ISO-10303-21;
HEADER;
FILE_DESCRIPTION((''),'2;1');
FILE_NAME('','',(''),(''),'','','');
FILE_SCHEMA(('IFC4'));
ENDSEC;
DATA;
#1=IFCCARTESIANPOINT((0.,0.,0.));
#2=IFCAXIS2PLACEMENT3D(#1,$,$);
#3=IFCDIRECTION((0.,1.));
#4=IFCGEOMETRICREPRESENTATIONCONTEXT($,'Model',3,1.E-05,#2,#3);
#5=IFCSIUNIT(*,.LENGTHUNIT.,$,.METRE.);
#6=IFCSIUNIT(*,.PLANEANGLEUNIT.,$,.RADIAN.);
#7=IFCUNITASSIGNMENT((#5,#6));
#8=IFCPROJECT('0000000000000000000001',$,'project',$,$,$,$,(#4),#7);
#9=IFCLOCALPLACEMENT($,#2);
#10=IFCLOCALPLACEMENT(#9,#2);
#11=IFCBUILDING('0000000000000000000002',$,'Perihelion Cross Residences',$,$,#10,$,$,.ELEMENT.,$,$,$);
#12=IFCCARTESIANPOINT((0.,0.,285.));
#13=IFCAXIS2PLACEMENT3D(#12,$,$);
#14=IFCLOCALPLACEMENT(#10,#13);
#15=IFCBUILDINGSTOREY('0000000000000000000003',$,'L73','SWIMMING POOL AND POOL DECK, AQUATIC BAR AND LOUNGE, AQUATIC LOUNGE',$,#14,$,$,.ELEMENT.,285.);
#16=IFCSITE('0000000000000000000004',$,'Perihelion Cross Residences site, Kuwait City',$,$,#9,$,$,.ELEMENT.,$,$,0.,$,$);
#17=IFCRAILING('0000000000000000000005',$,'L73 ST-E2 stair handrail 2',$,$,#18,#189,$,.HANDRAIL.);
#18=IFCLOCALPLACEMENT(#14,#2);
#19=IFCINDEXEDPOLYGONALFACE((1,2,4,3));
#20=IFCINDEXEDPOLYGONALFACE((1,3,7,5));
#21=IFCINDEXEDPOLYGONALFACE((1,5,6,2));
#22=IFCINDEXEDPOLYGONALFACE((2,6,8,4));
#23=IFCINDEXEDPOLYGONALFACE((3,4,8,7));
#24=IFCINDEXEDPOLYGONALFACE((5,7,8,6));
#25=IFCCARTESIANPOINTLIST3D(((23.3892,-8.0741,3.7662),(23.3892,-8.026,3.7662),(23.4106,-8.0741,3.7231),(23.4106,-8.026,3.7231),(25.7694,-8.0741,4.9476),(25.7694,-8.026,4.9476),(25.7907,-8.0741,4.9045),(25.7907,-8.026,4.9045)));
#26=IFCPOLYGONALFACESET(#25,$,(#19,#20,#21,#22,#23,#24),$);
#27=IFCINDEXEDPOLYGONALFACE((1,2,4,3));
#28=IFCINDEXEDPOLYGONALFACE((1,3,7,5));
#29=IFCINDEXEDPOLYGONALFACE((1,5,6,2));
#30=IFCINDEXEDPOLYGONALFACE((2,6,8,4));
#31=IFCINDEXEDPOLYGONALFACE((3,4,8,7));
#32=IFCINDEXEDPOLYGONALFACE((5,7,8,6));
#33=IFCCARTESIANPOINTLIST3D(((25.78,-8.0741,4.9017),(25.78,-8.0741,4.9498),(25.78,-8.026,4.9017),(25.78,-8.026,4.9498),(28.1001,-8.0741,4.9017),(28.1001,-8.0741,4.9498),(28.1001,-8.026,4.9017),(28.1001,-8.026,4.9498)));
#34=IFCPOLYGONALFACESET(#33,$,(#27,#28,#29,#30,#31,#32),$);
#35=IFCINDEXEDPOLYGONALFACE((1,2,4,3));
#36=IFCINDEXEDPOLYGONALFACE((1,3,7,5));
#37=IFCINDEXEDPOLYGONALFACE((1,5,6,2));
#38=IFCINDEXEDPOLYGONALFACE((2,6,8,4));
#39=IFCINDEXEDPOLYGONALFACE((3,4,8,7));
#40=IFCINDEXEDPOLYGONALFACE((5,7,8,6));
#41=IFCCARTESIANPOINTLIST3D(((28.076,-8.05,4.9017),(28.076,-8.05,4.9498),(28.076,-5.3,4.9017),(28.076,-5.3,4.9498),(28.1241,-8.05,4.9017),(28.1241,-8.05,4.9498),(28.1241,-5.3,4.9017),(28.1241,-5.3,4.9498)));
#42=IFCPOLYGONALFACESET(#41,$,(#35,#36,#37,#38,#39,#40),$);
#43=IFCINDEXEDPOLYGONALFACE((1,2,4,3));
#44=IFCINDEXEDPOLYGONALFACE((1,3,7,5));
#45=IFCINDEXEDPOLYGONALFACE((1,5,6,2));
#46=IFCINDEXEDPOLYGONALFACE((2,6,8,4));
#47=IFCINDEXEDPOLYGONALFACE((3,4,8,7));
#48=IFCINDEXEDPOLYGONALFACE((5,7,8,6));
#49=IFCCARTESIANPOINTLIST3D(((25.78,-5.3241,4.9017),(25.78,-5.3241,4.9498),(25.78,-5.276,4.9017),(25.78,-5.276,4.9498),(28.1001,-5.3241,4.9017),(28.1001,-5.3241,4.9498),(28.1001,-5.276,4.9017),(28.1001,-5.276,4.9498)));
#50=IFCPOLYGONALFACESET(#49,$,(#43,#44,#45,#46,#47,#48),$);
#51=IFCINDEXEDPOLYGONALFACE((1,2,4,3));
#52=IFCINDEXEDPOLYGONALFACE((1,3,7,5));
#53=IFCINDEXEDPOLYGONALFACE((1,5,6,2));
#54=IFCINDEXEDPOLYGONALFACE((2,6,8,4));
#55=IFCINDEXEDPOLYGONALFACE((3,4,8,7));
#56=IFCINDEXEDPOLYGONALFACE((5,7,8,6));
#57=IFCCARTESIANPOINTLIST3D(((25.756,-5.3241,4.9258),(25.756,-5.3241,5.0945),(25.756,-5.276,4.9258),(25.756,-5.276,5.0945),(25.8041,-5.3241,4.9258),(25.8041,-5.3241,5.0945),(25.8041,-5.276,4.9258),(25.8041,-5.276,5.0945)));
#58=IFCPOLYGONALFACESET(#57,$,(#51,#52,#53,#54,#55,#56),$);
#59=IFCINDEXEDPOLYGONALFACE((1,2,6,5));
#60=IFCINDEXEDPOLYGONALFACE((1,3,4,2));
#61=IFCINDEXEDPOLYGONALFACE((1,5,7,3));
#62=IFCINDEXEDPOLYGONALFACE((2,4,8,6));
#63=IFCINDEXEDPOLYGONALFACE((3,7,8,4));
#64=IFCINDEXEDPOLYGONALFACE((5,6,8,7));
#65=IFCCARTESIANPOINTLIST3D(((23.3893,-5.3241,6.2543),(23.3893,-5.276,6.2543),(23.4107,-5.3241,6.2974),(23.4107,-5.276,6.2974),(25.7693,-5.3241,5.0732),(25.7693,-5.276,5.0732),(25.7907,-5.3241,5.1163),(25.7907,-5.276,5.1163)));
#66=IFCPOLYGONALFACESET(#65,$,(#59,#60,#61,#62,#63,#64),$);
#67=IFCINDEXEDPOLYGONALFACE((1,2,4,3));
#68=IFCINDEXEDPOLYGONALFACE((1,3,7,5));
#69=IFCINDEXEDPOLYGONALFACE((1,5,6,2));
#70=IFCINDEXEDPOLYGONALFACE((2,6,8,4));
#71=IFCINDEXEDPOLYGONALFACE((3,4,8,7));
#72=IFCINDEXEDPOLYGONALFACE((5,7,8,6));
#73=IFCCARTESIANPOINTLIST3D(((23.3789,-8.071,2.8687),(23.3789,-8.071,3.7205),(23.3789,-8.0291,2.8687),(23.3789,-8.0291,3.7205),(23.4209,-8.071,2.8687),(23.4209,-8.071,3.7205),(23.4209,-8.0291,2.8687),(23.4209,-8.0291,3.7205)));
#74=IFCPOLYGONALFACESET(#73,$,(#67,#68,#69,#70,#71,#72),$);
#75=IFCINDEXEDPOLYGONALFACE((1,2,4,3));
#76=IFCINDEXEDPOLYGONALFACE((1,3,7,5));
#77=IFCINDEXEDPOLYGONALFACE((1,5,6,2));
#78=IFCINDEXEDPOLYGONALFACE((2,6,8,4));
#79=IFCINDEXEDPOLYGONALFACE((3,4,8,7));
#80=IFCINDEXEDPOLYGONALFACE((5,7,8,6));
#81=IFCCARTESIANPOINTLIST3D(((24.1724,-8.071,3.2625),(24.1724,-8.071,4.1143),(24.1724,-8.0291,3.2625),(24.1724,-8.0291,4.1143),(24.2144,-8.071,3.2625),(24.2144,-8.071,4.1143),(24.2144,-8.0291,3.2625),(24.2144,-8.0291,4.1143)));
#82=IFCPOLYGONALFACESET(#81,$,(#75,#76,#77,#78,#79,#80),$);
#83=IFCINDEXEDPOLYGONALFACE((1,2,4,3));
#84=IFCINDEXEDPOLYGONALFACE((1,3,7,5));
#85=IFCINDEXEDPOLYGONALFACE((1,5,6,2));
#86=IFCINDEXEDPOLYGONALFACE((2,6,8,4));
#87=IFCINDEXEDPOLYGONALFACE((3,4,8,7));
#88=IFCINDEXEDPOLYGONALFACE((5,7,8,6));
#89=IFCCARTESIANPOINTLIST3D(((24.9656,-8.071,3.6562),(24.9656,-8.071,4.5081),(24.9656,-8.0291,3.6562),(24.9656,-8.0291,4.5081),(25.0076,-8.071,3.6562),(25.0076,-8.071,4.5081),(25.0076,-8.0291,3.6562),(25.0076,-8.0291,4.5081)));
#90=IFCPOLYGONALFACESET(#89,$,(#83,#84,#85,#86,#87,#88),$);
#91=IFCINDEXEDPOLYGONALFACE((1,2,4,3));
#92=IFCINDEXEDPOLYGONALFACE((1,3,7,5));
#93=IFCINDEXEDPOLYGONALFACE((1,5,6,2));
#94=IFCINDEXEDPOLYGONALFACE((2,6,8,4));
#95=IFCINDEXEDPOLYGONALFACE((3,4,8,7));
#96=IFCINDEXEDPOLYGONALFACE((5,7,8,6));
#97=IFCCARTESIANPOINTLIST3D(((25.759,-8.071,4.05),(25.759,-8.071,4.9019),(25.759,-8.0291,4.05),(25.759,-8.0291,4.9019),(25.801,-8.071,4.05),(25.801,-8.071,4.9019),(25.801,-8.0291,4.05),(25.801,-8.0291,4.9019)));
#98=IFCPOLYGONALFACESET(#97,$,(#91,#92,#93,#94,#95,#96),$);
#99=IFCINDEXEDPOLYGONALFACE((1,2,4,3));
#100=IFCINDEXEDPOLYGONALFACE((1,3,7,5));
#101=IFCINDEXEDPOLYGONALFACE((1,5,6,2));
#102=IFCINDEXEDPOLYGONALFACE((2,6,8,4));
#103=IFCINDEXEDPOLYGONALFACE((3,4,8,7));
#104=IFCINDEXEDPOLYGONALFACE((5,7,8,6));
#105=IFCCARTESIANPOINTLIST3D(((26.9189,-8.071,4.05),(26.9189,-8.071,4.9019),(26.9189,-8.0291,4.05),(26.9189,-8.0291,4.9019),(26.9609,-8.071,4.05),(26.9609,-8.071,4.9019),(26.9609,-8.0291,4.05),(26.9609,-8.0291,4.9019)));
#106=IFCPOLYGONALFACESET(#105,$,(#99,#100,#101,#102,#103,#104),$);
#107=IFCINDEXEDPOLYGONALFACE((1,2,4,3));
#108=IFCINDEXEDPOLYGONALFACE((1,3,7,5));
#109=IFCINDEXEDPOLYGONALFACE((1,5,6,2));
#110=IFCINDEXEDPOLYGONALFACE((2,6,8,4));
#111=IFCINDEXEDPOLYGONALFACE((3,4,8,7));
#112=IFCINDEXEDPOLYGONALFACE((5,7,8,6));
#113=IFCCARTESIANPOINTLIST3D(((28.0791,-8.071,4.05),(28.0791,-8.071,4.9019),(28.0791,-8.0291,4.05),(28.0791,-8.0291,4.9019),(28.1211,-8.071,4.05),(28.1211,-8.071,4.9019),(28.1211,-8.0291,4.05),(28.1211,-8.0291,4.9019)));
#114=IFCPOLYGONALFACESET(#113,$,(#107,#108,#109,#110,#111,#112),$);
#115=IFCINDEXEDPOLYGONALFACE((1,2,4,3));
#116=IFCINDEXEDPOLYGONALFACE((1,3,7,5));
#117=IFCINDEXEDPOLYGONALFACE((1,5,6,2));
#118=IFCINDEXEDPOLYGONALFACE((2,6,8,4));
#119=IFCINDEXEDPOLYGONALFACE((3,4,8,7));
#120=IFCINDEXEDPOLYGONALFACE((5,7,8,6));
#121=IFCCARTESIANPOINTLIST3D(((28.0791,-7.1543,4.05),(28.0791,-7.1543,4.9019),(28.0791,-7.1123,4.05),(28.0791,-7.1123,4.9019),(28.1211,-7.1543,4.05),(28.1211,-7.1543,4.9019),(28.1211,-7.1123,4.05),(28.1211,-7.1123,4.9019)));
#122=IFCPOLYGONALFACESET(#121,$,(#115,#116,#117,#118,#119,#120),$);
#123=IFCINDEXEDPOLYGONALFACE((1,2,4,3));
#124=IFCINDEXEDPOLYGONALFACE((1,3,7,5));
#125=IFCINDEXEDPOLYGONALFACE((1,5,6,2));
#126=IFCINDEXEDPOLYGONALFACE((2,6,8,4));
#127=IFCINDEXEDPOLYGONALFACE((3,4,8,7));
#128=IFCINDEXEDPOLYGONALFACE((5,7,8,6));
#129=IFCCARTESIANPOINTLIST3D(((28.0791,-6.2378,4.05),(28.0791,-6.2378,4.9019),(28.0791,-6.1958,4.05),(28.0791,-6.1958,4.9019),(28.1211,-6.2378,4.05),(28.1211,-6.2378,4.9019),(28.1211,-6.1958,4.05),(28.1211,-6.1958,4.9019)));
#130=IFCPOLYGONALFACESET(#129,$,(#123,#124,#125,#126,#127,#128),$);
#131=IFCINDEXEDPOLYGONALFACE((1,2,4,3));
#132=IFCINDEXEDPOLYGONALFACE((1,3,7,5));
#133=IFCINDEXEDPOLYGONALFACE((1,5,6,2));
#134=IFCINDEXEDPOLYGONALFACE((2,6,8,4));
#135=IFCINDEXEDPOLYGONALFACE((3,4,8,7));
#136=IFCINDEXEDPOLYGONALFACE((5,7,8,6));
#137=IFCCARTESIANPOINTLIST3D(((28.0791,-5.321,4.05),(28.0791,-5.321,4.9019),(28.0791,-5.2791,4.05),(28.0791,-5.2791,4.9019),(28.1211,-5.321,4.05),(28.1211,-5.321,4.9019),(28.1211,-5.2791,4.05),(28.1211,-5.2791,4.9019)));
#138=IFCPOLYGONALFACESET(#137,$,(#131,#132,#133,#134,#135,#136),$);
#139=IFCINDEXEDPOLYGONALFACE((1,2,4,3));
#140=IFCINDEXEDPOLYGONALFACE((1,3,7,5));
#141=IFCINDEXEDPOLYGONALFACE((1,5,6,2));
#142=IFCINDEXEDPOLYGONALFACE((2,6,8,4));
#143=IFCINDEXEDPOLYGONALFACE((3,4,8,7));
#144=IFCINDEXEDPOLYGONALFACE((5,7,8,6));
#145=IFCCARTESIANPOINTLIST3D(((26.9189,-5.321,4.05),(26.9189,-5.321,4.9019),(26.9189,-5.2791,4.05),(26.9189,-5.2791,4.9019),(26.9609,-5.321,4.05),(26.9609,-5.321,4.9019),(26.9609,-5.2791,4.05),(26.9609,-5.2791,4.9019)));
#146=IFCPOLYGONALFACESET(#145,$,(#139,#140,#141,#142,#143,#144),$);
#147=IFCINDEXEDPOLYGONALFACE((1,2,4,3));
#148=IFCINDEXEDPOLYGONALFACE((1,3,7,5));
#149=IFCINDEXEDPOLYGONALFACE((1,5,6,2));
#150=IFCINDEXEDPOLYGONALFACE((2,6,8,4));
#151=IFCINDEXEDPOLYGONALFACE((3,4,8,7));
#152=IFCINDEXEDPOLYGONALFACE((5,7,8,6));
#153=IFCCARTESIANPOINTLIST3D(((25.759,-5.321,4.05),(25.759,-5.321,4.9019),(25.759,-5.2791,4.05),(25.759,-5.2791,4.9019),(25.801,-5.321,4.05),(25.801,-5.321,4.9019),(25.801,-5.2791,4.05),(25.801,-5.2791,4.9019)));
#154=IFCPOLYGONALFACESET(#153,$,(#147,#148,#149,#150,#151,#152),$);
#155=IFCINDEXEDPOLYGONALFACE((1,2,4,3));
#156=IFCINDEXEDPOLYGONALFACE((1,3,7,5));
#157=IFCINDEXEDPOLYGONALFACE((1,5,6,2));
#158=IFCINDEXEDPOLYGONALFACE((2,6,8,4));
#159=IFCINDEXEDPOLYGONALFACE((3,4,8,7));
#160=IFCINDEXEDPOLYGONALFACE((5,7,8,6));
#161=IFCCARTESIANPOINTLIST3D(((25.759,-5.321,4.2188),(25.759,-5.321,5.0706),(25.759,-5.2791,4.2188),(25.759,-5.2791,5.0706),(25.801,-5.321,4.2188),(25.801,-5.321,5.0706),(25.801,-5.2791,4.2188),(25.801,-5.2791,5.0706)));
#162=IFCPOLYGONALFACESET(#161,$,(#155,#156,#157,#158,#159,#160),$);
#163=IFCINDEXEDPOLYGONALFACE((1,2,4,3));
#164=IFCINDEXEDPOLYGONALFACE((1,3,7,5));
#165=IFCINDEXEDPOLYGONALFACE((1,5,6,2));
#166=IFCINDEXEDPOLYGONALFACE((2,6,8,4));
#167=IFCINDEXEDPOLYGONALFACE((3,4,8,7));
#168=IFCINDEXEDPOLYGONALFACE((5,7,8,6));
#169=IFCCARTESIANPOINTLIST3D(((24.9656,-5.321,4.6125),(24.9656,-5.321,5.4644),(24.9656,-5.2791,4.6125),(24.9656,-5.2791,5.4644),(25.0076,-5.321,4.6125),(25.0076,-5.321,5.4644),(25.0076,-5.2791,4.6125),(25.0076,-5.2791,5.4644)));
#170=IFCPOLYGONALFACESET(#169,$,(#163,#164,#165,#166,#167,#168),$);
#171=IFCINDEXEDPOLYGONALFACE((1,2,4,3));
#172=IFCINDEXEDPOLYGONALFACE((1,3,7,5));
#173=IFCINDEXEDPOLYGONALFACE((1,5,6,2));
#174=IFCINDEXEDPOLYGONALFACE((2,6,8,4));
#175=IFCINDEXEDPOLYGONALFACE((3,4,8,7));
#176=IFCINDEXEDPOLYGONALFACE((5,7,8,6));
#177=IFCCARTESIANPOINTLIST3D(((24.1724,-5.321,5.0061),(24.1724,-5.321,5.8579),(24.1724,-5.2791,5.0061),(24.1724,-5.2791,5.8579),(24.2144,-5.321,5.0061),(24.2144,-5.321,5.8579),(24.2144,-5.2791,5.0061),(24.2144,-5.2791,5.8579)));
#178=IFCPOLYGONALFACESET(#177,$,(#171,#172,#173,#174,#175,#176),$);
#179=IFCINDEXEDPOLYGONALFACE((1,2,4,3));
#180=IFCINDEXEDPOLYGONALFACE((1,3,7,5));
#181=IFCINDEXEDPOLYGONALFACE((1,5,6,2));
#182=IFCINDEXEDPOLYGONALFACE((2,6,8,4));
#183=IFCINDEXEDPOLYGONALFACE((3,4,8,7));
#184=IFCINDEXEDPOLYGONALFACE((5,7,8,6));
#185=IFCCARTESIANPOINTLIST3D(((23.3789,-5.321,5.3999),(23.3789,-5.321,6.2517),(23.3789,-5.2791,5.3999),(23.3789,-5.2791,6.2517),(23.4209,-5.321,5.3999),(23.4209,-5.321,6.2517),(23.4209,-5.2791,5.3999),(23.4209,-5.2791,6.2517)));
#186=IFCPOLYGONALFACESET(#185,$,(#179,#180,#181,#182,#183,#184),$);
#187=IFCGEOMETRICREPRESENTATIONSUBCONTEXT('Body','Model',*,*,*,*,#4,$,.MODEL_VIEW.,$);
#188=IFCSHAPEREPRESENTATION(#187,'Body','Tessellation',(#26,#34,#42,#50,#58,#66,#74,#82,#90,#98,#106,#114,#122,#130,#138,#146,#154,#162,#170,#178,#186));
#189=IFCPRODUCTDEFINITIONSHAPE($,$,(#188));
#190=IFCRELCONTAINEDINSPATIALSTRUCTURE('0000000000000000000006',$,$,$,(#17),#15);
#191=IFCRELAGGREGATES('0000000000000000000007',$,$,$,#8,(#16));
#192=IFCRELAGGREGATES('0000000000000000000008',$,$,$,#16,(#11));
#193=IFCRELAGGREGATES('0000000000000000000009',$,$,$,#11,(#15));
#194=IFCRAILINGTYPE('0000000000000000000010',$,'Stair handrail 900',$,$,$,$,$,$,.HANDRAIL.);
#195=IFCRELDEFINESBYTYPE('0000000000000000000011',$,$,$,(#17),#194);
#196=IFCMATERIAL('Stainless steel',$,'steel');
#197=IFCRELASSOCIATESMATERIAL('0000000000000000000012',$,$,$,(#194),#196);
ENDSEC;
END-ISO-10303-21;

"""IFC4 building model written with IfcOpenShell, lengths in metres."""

from ifc_helpers import new_model, si_unit, direction, frame, origin, origin_2d, place, context, subcontext, project, spatial, rectangle, extrude, material, type_object, element, save


model = new_model("IFC4")

# Units and contexts
model_context = context("Model", 3, precision=1e-05, world=origin(), true_north=direction((0.0, 1.0)))
body_context = subcontext(model_context, "Body", "Model", "MODEL_VIEW")
ifc_project = project(units=[si_unit("LENGTHUNIT", "METRE"), si_unit("PLANEANGLEUNIT", "RADIAN")], contexts=[model_context])

# Site, building, storey
site_placement = place(None, origin())
site = spatial("IfcSite", under=ifc_project, at=site_placement, Name="Perihelion Cross Residences site, Kuwait City", CompositionType="ELEMENT", RefElevation=0.0)
building_placement = place(site_placement, origin())
building = spatial("IfcBuilding", under=site, at=building_placement, Name="Perihelion Cross Residences", CompositionType="ELEMENT")
storey_placement = place(building_placement, frame((0.0, 0.0, 285.0)))
storey = spatial("IfcBuildingStorey", under=building, at=storey_placement, Name="L73", Description="SWIMMING POOL AND POOL DECK, AQUATIC BAR AND LOUNGE, AQUATIC LOUNGE", CompositionType="ELEMENT", Elevation=285.0)

# Railing
ifc_material_1 = material(Name="Stainless steel", Category="steel")
railing_type_1 = type_object("IfcRailingType", Name="Stair handrail 900", PredefinedType="HANDRAIL", material=ifc_material_1)
railing_1_placement = place(storey_placement, frame((23.3999, -8.05, 2.8687)))
element("IfcRailing", 1, at=railing_1_placement, inside=storey, type_object=railing_type_1, Name="L73 ST-E2 stair handrail 2", PredefinedType="HANDRAIL", context=body_context, shape_type="SweptSolid", body=[
    extrude(rectangle(XDim=0.0481, YDim=0.0481, at=origin_2d()), frame((0.0, 0.0, 0.876), z_axis=(0.895728, 0.0, 0.444602), x_axis=(0.0, 1.0, 0.0)), (0.0, 0.0, 1.0), 2.6572),
    extrude(rectangle(XDim=0.0481, YDim=0.0481, at=origin_2d()), frame((2.3801, 0.0, 2.0571), z_axis=(1.0, 0.0, 0.0), x_axis=(0.0, 1.0, 0.0)), (0.0, 0.0, 1.0), 2.3201),
    extrude(rectangle(XDim=0.0481, YDim=0.0481, at=origin_2d()), frame((4.7002, 0.0, 2.0571), z_axis=(0.0, 1.0, 0.0), x_axis=(-1.0, 0.0, 0.0)), (0.0, 0.0, 1.0), 2.75),
    extrude(rectangle(XDim=0.0481, YDim=0.0481, at=origin_2d()), frame((4.7002, 2.75, 2.0571), z_axis=(-1.0, 0.0, 0.0), x_axis=(0.0, -1.0, 0.0)), (0.0, 0.0, 1.0), 2.3201),
    extrude(rectangle(XDim=0.0481, YDim=0.0481, at=origin_2d()), frame((2.3801, 2.75, 2.0571), z_axis=(0.0, 0.0, 1.0), x_axis=(1.0, 0.0, 0.0)), (0.0, 0.0, 1.0), 0.1687),
    extrude(rectangle(XDim=0.0481, YDim=0.0481, at=origin_2d()), frame((2.3801, 2.75, 2.2261), z_axis=(-0.895765, 0.0, 0.444529), x_axis=(0.0, -1.0, 0.0)), (0.0, 0.0, 1.0), 2.657),
    extrude(rectangle(XDim=0.042, YDim=0.042, at=origin_2d()), origin(), (0.0, 0.0, 1.0), 0.8518),
    extrude(rectangle(XDim=0.042, YDim=0.042, at=origin_2d()), frame((0.7935, 0.0, 0.3938)), (0.0, 0.0, 1.0), 0.8518),
    extrude(rectangle(XDim=0.042, YDim=0.042, at=origin_2d()), frame((1.5867, 0.0, 0.7876)), (0.0, 0.0, 1.0), 0.8518),
    extrude(rectangle(XDim=0.042, YDim=0.042, at=origin_2d()), frame((2.3801, 0.0, 1.1814)), (0.0, 0.0, 1.0), 0.8518),
    extrude(rectangle(XDim=0.042, YDim=0.042, at=origin_2d()), frame((3.54, 0.0, 1.1814)), (0.0, 0.0, 1.0), 0.8518),
    extrude(rectangle(XDim=0.042, YDim=0.042, at=origin_2d()), frame((4.7002, 0.0, 1.1814)), (0.0, 0.0, 1.0), 0.8518),
    extrude(rectangle(XDim=0.042, YDim=0.042, at=origin_2d()), frame((4.7002, 0.9167, 1.1814)), (0.0, 0.0, 1.0), 0.8518),
    extrude(rectangle(XDim=0.042, YDim=0.042, at=origin_2d()), frame((4.7002, 1.8333, 1.1814)), (0.0, 0.0, 1.0), 0.8518),
    extrude(rectangle(XDim=0.042, YDim=0.042, at=origin_2d()), frame((4.7002, 2.75, 1.1814)), (0.0, 0.0, 1.0), 0.8518),
    extrude(rectangle(XDim=0.042, YDim=0.042, at=origin_2d()), frame((3.54, 2.75, 1.1814)), (0.0, 0.0, 1.0), 0.8518),
    extrude(rectangle(XDim=0.042, YDim=0.042, at=origin_2d()), frame((2.3801, 2.75, 1.1814)), (0.0, 0.0, 1.0), 0.8518),
    extrude(rectangle(XDim=0.042, YDim=0.042, at=origin_2d()), frame((2.3801, 2.75, 1.3501)), (0.0, 0.0, 1.0), 0.8518),
    extrude(rectangle(XDim=0.042, YDim=0.042, at=origin_2d()), frame((1.5867, 2.75, 1.7439)), (0.0, 0.0, 1.0), 0.8518),
    extrude(rectangle(XDim=0.042, YDim=0.042, at=origin_2d()), frame((0.7935, 2.75, 2.1375)), (0.0, 0.0, 1.0), 0.8518),
    extrude(rectangle(XDim=0.042, YDim=0.042, at=origin_2d()), frame((0.0, 2.75, 2.5312)), (0.0, 0.0, 1.0), 0.8518),
])

save(model, "model.ifc")
